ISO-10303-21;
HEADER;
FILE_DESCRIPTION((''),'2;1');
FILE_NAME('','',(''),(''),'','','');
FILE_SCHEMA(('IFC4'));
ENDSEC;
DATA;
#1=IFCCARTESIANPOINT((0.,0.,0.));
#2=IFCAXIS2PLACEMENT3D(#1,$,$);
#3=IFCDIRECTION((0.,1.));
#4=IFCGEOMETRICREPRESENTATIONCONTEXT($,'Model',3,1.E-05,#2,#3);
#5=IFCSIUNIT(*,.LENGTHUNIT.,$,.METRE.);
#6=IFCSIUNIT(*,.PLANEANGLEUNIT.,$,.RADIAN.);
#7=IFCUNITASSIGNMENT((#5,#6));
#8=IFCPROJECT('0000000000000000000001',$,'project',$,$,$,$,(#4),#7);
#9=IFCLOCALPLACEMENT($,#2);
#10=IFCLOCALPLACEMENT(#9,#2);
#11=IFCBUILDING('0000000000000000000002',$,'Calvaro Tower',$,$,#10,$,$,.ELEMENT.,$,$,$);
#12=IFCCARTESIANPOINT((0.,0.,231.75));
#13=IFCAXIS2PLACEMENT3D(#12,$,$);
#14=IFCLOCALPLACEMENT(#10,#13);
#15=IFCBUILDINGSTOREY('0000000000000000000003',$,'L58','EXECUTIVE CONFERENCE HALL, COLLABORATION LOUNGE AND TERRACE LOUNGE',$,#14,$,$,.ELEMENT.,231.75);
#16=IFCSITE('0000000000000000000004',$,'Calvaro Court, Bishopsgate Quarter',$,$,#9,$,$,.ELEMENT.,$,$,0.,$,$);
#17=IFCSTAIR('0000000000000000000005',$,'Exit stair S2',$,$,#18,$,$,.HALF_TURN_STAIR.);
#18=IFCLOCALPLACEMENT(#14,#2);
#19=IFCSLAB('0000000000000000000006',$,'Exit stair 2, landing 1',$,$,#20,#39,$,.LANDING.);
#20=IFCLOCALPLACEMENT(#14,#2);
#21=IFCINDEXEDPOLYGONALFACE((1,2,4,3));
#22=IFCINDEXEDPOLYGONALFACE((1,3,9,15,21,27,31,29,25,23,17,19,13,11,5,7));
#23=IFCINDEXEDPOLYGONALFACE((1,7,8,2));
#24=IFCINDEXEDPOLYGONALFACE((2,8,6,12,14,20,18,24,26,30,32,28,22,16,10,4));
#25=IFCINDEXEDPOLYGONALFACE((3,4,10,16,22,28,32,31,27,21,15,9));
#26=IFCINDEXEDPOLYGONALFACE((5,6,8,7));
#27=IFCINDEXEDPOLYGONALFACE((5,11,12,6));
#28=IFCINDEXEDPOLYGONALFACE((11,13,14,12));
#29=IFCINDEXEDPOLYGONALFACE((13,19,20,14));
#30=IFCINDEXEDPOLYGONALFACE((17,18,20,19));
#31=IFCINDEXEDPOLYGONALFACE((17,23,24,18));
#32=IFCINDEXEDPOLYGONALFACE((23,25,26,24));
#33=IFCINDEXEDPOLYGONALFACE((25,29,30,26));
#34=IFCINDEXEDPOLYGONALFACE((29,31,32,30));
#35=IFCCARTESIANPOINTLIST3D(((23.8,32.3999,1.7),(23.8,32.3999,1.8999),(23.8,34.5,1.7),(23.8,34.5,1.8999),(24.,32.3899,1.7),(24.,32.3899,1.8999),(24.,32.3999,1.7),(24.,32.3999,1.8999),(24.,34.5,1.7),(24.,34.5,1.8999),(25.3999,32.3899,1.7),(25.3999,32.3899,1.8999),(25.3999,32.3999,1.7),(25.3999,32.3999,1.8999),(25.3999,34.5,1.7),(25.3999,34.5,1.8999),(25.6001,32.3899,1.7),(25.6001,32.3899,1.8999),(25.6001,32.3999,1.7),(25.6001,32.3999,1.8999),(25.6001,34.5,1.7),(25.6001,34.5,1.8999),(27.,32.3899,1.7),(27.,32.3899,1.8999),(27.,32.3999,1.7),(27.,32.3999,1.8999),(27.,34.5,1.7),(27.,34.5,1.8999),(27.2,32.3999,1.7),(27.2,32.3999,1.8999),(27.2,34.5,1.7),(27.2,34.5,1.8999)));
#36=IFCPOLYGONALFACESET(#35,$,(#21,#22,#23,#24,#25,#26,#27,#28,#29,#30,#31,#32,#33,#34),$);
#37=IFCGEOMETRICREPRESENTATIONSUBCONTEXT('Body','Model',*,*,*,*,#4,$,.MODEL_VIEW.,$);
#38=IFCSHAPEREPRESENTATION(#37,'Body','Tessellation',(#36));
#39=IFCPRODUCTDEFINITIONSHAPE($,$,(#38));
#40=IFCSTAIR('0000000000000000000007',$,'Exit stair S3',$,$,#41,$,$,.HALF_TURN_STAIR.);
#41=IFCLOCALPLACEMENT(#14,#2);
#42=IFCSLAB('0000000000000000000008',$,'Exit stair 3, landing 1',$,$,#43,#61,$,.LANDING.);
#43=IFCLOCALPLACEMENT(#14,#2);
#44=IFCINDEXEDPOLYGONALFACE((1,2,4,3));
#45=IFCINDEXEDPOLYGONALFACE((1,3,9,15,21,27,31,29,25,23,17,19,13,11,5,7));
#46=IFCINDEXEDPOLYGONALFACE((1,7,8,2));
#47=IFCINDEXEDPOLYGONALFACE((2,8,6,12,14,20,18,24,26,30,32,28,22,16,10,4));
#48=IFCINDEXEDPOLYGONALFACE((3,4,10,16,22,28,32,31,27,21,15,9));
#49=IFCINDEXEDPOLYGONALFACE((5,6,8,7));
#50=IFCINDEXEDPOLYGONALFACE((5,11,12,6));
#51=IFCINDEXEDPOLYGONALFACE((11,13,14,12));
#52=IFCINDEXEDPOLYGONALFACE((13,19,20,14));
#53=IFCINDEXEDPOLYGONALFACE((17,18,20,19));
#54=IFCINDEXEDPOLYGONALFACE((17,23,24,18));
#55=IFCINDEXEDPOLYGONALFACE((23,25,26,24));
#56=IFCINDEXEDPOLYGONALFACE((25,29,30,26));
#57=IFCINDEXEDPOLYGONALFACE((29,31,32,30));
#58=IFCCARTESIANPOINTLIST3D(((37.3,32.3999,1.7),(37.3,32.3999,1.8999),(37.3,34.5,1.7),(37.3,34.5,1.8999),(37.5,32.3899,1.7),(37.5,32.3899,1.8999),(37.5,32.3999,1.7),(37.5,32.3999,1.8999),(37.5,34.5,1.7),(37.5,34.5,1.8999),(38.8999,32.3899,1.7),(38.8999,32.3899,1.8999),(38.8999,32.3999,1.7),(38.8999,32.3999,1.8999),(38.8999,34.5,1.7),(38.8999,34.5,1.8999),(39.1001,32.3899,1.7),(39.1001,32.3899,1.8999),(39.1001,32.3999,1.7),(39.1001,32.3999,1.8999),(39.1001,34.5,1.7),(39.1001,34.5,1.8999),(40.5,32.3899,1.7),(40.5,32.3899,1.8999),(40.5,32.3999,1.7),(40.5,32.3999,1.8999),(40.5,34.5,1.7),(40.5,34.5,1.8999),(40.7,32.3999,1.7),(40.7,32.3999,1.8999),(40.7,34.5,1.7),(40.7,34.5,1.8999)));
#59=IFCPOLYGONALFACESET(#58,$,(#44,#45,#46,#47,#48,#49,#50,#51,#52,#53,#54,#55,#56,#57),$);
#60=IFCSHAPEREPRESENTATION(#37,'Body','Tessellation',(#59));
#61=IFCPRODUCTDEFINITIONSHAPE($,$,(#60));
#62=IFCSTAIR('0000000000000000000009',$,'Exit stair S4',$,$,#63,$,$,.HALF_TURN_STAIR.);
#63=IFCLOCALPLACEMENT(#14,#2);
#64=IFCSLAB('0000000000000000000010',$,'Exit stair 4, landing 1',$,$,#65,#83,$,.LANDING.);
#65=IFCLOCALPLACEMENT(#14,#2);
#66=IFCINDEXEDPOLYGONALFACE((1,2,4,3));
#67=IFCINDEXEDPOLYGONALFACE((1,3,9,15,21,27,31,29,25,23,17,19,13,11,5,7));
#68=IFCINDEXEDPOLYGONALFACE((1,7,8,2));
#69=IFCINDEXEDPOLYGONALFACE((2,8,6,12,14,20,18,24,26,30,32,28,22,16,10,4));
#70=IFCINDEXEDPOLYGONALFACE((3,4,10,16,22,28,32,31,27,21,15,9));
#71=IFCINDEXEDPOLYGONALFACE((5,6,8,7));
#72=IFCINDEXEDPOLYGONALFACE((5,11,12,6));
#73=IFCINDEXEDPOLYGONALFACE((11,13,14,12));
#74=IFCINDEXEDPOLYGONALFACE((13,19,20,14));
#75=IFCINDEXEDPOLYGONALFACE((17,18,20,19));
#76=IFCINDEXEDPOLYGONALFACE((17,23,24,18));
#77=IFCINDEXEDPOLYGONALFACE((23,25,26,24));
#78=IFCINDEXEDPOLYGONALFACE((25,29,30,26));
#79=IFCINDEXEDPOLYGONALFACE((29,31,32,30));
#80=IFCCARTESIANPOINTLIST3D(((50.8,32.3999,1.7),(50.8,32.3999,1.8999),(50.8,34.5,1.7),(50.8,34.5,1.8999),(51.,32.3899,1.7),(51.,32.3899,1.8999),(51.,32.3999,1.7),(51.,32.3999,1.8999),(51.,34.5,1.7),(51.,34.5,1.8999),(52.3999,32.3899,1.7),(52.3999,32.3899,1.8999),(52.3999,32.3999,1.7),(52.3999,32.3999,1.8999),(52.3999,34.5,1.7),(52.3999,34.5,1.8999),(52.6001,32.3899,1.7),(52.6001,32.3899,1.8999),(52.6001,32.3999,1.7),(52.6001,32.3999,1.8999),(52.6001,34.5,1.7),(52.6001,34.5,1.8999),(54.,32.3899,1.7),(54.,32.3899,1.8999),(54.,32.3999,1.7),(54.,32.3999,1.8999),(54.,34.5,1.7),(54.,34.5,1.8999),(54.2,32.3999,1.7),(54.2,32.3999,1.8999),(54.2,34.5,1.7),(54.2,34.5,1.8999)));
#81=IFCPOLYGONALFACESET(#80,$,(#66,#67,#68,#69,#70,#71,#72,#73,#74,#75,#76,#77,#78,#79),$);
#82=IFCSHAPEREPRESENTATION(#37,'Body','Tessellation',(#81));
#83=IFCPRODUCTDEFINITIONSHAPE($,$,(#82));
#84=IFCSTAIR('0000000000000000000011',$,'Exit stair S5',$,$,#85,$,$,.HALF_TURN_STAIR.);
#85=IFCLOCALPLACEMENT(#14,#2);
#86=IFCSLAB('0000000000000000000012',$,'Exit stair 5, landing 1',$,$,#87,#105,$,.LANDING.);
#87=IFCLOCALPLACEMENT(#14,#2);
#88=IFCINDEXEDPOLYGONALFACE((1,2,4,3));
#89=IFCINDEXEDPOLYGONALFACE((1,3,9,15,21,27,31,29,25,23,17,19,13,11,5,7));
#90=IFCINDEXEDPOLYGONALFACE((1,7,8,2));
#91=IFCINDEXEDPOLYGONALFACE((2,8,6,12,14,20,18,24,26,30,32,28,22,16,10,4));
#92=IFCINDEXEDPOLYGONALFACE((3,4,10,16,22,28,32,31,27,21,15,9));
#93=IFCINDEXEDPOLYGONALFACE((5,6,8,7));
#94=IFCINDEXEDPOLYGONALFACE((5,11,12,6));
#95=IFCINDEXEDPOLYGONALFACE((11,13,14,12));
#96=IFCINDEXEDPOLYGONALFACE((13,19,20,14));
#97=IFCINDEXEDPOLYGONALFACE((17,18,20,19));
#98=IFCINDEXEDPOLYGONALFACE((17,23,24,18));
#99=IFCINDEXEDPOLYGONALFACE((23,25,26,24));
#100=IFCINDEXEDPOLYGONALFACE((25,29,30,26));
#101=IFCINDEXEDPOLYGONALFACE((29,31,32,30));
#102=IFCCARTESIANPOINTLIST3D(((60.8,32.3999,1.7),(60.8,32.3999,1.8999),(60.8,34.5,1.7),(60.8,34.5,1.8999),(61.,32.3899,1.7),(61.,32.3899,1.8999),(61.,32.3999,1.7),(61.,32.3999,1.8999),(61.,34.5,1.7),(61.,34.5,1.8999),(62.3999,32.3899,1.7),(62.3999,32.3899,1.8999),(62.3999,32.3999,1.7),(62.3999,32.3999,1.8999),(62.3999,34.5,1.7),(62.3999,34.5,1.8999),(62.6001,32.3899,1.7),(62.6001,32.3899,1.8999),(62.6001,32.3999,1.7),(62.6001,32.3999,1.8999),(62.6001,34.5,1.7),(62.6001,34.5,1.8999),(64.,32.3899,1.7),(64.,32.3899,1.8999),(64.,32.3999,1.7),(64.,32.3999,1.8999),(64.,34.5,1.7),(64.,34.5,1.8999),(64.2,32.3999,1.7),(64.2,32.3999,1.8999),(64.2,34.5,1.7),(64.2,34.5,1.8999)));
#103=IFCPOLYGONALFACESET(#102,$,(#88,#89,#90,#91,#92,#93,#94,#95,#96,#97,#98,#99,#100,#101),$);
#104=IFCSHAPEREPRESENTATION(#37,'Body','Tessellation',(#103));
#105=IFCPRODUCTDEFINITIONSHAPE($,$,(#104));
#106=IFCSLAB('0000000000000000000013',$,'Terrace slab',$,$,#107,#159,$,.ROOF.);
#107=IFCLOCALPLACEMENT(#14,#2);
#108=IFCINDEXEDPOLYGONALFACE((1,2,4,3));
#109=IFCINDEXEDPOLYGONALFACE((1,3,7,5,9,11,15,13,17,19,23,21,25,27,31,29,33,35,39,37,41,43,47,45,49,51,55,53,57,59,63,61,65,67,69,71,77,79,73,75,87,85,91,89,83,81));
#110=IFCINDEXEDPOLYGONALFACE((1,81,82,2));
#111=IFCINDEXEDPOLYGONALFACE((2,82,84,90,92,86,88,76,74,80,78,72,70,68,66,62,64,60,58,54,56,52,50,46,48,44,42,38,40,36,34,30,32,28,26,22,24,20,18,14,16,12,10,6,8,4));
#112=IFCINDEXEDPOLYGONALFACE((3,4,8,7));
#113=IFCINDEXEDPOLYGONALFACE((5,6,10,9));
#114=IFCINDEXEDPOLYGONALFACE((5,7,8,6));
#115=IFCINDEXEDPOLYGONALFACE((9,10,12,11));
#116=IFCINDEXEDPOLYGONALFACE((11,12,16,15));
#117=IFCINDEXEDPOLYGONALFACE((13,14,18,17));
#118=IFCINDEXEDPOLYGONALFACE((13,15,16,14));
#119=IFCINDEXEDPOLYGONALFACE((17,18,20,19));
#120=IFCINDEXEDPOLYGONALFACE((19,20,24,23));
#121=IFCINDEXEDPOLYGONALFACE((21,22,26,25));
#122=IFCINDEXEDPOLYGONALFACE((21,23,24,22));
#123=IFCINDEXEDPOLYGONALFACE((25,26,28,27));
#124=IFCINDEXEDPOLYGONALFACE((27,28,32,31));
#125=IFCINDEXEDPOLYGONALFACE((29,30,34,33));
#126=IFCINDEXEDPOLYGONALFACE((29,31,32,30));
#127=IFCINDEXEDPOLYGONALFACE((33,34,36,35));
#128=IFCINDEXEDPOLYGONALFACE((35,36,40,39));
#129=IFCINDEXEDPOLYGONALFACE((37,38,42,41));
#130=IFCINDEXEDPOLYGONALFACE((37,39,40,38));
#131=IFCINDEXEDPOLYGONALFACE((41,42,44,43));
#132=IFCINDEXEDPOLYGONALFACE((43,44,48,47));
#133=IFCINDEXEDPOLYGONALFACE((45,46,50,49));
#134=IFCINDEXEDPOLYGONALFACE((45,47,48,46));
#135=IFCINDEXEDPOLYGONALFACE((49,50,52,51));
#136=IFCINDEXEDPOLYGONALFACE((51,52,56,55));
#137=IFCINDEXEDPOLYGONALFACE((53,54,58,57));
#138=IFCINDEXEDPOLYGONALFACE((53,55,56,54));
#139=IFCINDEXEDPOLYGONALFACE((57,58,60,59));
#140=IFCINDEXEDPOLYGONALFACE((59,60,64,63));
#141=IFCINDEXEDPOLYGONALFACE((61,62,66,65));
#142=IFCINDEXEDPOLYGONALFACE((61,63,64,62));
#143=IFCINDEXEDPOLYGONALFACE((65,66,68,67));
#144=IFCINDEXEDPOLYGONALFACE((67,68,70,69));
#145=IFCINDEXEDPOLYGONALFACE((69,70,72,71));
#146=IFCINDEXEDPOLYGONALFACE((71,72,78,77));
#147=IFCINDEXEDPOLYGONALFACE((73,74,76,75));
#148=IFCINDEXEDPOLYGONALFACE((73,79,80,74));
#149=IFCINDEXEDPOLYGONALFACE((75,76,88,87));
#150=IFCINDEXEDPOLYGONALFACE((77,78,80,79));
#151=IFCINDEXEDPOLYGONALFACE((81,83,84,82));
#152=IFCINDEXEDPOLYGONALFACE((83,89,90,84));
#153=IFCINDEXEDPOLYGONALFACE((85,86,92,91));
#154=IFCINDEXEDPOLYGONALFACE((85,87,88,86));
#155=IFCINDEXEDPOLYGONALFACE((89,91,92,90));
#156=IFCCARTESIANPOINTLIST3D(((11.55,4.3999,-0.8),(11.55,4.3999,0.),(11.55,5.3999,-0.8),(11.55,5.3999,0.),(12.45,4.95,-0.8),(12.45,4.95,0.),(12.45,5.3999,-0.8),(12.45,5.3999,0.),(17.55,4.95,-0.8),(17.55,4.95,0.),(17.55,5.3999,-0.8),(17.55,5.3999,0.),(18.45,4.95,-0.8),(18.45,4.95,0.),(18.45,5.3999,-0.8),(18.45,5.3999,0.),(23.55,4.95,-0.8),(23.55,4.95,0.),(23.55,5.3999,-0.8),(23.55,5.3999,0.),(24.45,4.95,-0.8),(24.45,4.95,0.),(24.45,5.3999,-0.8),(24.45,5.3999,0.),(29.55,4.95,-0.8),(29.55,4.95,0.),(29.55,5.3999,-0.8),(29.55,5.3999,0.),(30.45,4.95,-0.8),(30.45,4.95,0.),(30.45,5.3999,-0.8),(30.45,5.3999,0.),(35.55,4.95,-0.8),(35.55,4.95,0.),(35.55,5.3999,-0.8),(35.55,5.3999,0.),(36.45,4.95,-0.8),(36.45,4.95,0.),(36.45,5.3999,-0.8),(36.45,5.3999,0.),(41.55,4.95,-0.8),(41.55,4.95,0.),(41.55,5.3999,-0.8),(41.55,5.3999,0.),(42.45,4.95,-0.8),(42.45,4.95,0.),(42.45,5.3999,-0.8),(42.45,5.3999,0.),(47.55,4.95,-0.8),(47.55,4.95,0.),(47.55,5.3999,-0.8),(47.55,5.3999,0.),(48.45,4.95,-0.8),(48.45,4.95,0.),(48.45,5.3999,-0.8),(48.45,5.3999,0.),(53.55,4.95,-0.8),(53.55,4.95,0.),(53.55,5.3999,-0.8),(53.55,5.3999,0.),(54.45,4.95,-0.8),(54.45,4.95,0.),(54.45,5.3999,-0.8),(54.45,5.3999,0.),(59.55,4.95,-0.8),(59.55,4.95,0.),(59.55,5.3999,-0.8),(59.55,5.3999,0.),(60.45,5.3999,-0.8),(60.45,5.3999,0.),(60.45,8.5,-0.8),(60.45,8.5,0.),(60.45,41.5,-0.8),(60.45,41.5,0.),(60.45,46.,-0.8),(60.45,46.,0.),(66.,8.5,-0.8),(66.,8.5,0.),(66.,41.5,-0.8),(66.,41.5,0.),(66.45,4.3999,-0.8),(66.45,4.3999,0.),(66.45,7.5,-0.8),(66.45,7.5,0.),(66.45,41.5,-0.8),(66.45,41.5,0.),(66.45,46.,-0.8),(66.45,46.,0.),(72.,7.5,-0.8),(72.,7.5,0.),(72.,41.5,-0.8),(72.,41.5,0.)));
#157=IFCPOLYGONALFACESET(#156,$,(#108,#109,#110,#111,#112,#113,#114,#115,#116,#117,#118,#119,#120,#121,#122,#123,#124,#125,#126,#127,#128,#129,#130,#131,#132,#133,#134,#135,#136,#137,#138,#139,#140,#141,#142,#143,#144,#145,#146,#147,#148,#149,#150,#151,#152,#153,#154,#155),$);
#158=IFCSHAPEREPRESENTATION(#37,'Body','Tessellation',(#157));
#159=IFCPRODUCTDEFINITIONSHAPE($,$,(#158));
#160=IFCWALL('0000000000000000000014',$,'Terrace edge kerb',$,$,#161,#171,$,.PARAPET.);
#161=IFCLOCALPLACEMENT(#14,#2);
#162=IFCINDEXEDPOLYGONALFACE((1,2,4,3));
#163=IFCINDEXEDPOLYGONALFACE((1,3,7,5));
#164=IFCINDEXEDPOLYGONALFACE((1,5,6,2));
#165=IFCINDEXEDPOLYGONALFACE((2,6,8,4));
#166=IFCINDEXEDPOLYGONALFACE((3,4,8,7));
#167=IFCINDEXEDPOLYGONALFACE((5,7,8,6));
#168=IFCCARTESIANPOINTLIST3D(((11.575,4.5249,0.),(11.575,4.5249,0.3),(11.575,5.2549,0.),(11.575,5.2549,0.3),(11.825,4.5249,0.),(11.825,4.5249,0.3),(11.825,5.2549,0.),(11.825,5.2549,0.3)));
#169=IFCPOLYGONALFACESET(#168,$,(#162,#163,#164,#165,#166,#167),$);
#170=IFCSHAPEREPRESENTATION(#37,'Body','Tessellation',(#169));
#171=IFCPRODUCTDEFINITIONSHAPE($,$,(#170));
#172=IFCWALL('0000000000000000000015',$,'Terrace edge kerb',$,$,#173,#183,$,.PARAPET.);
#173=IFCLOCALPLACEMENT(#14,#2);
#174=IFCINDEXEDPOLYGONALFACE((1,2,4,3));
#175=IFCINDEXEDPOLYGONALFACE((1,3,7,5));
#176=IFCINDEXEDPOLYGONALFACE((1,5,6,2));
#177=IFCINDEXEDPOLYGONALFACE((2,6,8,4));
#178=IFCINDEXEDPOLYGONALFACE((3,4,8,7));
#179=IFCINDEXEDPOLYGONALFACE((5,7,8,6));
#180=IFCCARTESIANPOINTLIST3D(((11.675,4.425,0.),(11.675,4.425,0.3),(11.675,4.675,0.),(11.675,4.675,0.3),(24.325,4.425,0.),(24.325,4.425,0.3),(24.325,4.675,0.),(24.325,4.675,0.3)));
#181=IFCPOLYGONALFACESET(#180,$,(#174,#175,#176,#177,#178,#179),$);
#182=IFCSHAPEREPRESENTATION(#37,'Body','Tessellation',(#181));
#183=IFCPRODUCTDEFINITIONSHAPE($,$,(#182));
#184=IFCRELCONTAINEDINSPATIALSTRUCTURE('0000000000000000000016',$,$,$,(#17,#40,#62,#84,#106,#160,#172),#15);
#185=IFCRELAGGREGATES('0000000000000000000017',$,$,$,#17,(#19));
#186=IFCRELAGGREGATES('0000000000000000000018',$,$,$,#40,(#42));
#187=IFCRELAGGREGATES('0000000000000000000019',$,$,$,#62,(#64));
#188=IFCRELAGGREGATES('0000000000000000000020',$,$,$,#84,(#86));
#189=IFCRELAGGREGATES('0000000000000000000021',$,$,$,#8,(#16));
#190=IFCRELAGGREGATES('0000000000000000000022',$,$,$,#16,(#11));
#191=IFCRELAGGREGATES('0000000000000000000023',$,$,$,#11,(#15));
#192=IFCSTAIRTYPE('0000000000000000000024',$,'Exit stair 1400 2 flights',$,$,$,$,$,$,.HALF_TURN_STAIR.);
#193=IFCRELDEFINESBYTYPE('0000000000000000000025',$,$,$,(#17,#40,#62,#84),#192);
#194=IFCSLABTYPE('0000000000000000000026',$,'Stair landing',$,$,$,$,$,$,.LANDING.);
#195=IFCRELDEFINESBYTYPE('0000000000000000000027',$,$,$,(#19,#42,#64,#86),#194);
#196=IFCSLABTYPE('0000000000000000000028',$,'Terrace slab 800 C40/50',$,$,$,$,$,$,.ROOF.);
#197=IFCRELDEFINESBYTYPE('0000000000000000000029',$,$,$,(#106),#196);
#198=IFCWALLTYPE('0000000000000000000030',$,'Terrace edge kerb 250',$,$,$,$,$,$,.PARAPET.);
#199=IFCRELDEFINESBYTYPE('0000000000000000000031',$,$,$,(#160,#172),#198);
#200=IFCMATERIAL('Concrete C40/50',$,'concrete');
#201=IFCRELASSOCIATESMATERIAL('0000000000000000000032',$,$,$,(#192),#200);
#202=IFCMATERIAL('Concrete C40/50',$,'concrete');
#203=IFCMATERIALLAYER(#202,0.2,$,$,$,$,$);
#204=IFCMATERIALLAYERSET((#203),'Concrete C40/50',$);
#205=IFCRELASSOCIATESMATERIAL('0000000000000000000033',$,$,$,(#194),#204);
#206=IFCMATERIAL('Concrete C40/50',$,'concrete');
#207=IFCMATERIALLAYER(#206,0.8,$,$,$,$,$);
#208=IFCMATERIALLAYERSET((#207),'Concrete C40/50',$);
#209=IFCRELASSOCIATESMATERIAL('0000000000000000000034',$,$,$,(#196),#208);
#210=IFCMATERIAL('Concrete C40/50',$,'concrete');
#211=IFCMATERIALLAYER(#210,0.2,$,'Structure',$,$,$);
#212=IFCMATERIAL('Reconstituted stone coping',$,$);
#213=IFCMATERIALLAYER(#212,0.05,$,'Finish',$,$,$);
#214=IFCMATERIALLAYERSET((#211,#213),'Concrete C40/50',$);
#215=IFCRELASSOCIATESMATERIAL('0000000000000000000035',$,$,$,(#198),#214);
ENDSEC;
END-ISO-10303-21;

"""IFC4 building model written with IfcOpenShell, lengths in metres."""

from ifc_helpers import new_model, si_unit, direction, frame, frame_2d, origin, place, context, subcontext, project, spatial, polyline, rectangle, outline, extrude, material, layer, layer_set, type_object, element, aggregate, save


model = new_model("IFC4")

# Units and contexts
model_context = context("Model", 3, precision=1e-05, world=origin(), true_north=direction((0.0, 1.0)))
body_context = subcontext(model_context, "Body", "Model", "MODEL_VIEW")
ifc_project = project(units=[si_unit("LENGTHUNIT", "METRE"), si_unit("PLANEANGLEUNIT", "RADIAN")], contexts=[model_context])

# Site, building, storey
site_placement = place(None, origin())
site = spatial("IfcSite", under=ifc_project, at=site_placement, Name="Calvaro Court, Bishopsgate Quarter", CompositionType="ELEMENT", RefElevation=0.0)
building_placement = place(site_placement, origin())
building = spatial("IfcBuilding", under=site, at=building_placement, Name="Calvaro Tower", CompositionType="ELEMENT")
storey_placement = place(building_placement, frame((0.0, 0.0, 231.75)))
storey = spatial("IfcBuildingStorey", under=building, at=storey_placement, Name="L58", Description="EXECUTIVE CONFERENCE HALL, COLLABORATION LOUNGE AND TERRACE LOUNGE", CompositionType="ELEMENT", Elevation=231.75)

# Stairs, slabs
ifc_material_1 = material(Name="Concrete C40/50", Category="concrete")
stair_type = type_object("IfcStairType", Name="Exit stair 1400 2 flights", PredefinedType="HALF_TURN_STAIR", material=ifc_material_1)
ifc_material_2 = material(Name="Concrete C40/50", Category="concrete")
ifc_layer_1 = layer(ifc_material_2, 0.2)
ifc_layer_set_1 = layer_set([ifc_layer_1], Name="Concrete C40/50")
slab_type_1 = type_object("IfcSlabType", Name="Stair landing", PredefinedType="LANDING", material=ifc_layer_set_1)
stair_1_placement = place(storey_placement, origin())
stair_1 = element("IfcStair", 1, at=stair_1_placement, inside=storey, type_object=stair_type, Name="Exit stair S2", PredefinedType="HALF_TURN_STAIR")
slab_1_placement = place(storey_placement, frame((0.0, 0.0, 1.7)))
slab_1 = element("IfcSlab", 2, at=slab_1_placement, type_object=slab_type_1, Name="Exit stair 2, landing 1", PredefinedType="LANDING", context=body_context, shape_type="SweptSolid", body=[
    extrude(outline(polyline([(25.3999, 32.3899), (24.0, 32.3899), (24.0, 32.3999), (23.8, 32.3999), (23.8, 34.5), (24.0, 34.5), (25.3999, 34.5), (25.6001, 34.5), (27.0, 34.5), (27.2, 34.5), (27.2, 32.3999), (27.0, 32.3999), (27.0, 32.3899), (25.6001, 32.3899), (25.6001, 32.3999), (25.3999, 32.3999), (25.3999, 32.3899)])), origin(), (0.0, 0.0, 1.0), 0.2),
])
aggregate(stair_1, [slab_1])
stair_2_placement = place(storey_placement, origin())
stair_2 = element("IfcStair", 3, at=stair_2_placement, inside=storey, type_object=stair_type, Name="Exit stair S3", PredefinedType="HALF_TURN_STAIR")
slab_2_placement = place(storey_placement, frame((0.0, 0.0, 1.7)))
slab_2 = element("IfcSlab", 4, at=slab_2_placement, type_object=slab_type_1, Name="Exit stair 3, landing 1", PredefinedType="LANDING", context=body_context, shape_type="SweptSolid", body=[
    extrude(outline(polyline([(38.8999, 32.3899), (37.5, 32.3899), (37.5, 32.3999), (37.3, 32.3999), (37.3, 34.5), (37.5, 34.5), (38.8999, 34.5), (39.1001, 34.5), (40.5, 34.5), (40.7, 34.5), (40.7, 32.3999), (40.5, 32.3999), (40.5, 32.3899), (39.1001, 32.3899), (39.1001, 32.3999), (38.8999, 32.3999), (38.8999, 32.3899)])), origin(), (0.0, 0.0, 1.0), 0.2),
])
aggregate(stair_2, [slab_2])
stair_3_placement = place(storey_placement, origin())
stair_3 = element("IfcStair", 5, at=stair_3_placement, inside=storey, type_object=stair_type, Name="Exit stair S4", PredefinedType="HALF_TURN_STAIR")
slab_3_placement = place(storey_placement, frame((0.0, 0.0, 1.7)))
slab_3 = element("IfcSlab", 6, at=slab_3_placement, type_object=slab_type_1, Name="Exit stair 4, landing 1", PredefinedType="LANDING", context=body_context, shape_type="SweptSolid", body=[
    extrude(outline(polyline([(52.3999, 32.3899), (51.0, 32.3899), (51.0, 32.3999), (50.8, 32.3999), (50.8, 34.5), (51.0, 34.5), (52.3999, 34.5), (52.6001, 34.5), (54.0, 34.5), (54.2, 34.5), (54.2, 32.3999), (54.0, 32.3999), (54.0, 32.3899), (52.6001, 32.3899), (52.6001, 32.3999), (52.3999, 32.3999), (52.3999, 32.3899)])), origin(), (0.0, 0.0, 1.0), 0.2),
])
aggregate(stair_3, [slab_3])
stair_4_placement = place(storey_placement, origin())
stair_4 = element("IfcStair", 7, at=stair_4_placement, inside=storey, type_object=stair_type, Name="Exit stair S5", PredefinedType="HALF_TURN_STAIR")
slab_4_placement = place(storey_placement, frame((0.0, 0.0, 1.7)))
slab_4 = element("IfcSlab", 8, at=slab_4_placement, type_object=slab_type_1, Name="Exit stair 5, landing 1", PredefinedType="LANDING", context=body_context, shape_type="SweptSolid", body=[
    extrude(outline(polyline([(62.3999, 32.3899), (61.0, 32.3899), (61.0, 32.3999), (60.8, 32.3999), (60.8, 34.5), (61.0, 34.5), (62.3999, 34.5), (62.6001, 34.5), (64.0, 34.5), (64.2, 34.5), (64.2, 32.3999), (64.0, 32.3999), (64.0, 32.3899), (62.6001, 32.3899), (62.6001, 32.3999), (62.3999, 32.3999), (62.3999, 32.3899)])), origin(), (0.0, 0.0, 1.0), 0.2),
])
aggregate(stair_4, [slab_4])

# Slab
ifc_material_3 = material(Name="Concrete C40/50", Category="concrete")
ifc_layer_2 = layer(ifc_material_3, 0.8)
ifc_layer_set_2 = layer_set([ifc_layer_2], Name="Concrete C40/50")
slab_type_2 = type_object("IfcSlabType", Name="Terrace slab 800 C40/50", PredefinedType="ROOF", material=ifc_layer_set_2)
slab_5_placement = place(storey_placement, frame((0.0, 0.0, -0.8)))
element("IfcSlab", 9, at=slab_5_placement, inside=storey, type_object=slab_type_2, Name="Terrace slab", PredefinedType="ROOF", context=body_context, shape_type="SweptSolid", body=[
    extrude(outline(polyline([(11.55, 4.3999), (11.55, 5.3999), (12.45, 5.3999), (12.45, 4.95), (17.55, 4.95), (17.55, 5.3999), (18.45, 5.3999), (18.45, 4.95), (23.55, 4.95), (23.55, 5.3999), (24.45, 5.3999), (24.45, 4.95), (29.55, 4.95), (29.55, 5.3999), (30.45, 5.3999), (30.45, 4.95), (35.55, 4.95), (35.55, 5.3999), (36.45, 5.3999), (36.45, 4.95), (41.55, 4.95), (41.55, 5.3999), (42.45, 5.3999), (42.45, 4.95), (47.55, 4.95), (47.55, 5.3999), (48.45, 5.3999), (48.45, 4.95), (53.55, 4.95), (53.55, 5.3999), (54.45, 5.3999), (54.45, 4.95), (59.55, 4.95), (59.55, 5.3999), (60.45, 5.3999), (60.45, 8.5), (66.0, 8.5), (66.0, 41.5), (60.45, 41.5), (60.45, 46.0), (66.45, 46.0), (66.45, 41.5), (72.0, 41.5), (72.0, 7.5), (66.45, 7.5), (66.45, 4.3999), (11.55, 4.3999)])), origin(), (0.0, 0.0, 1.0), 0.8),
])

# Walls
ifc_material_4 = material(Name="Concrete C40/50", Category="concrete")
ifc_layer_3 = layer(ifc_material_4, 0.2, Name="Structure")
ifc_material_5 = material(Name="Reconstituted stone coping")
ifc_layer_4 = layer(ifc_material_5, 0.05, Name="Finish")
ifc_layer_set_3 = layer_set([ifc_layer_3, ifc_layer_4], Name="Concrete C40/50")
wall_type = type_object("IfcWallType", Name="Terrace edge kerb 250", PredefinedType="PARAPET", material=ifc_layer_set_3)
wall_1_placement = place(storey_placement, frame((11.7, 4.5249, 0.0), z_axis=(0.0, 0.0, 1.0), x_axis=(0.0, 1.0, 0.0)))
element("IfcWall", 10, at=wall_1_placement, inside=storey, type_object=wall_type, Name="Terrace edge kerb", PredefinedType="PARAPET", context=body_context, shape_type="SweptSolid", body=[
    extrude(rectangle(XDim=0.73, YDim=0.25, at=frame_2d((0.365, 0.0))), origin(), (0.0, 0.0, 1.0), 0.3),
])
wall_2_placement = place(storey_placement, frame((11.675, 4.55, 0.0), z_axis=(0.0, 0.0, 1.0), x_axis=(1.0, 0.0, 0.0)))
element("IfcWall", 11, at=wall_2_placement, inside=storey, type_object=wall_type, Name="Terrace edge kerb", PredefinedType="PARAPET", context=body_context, shape_type="SweptSolid", body=[
    extrude(rectangle(XDim=12.6499, YDim=0.25, at=frame_2d((6.325, 0.0))), origin(), (0.0, 0.0, 1.0), 0.3),
])

save(model, "model.ifc")
